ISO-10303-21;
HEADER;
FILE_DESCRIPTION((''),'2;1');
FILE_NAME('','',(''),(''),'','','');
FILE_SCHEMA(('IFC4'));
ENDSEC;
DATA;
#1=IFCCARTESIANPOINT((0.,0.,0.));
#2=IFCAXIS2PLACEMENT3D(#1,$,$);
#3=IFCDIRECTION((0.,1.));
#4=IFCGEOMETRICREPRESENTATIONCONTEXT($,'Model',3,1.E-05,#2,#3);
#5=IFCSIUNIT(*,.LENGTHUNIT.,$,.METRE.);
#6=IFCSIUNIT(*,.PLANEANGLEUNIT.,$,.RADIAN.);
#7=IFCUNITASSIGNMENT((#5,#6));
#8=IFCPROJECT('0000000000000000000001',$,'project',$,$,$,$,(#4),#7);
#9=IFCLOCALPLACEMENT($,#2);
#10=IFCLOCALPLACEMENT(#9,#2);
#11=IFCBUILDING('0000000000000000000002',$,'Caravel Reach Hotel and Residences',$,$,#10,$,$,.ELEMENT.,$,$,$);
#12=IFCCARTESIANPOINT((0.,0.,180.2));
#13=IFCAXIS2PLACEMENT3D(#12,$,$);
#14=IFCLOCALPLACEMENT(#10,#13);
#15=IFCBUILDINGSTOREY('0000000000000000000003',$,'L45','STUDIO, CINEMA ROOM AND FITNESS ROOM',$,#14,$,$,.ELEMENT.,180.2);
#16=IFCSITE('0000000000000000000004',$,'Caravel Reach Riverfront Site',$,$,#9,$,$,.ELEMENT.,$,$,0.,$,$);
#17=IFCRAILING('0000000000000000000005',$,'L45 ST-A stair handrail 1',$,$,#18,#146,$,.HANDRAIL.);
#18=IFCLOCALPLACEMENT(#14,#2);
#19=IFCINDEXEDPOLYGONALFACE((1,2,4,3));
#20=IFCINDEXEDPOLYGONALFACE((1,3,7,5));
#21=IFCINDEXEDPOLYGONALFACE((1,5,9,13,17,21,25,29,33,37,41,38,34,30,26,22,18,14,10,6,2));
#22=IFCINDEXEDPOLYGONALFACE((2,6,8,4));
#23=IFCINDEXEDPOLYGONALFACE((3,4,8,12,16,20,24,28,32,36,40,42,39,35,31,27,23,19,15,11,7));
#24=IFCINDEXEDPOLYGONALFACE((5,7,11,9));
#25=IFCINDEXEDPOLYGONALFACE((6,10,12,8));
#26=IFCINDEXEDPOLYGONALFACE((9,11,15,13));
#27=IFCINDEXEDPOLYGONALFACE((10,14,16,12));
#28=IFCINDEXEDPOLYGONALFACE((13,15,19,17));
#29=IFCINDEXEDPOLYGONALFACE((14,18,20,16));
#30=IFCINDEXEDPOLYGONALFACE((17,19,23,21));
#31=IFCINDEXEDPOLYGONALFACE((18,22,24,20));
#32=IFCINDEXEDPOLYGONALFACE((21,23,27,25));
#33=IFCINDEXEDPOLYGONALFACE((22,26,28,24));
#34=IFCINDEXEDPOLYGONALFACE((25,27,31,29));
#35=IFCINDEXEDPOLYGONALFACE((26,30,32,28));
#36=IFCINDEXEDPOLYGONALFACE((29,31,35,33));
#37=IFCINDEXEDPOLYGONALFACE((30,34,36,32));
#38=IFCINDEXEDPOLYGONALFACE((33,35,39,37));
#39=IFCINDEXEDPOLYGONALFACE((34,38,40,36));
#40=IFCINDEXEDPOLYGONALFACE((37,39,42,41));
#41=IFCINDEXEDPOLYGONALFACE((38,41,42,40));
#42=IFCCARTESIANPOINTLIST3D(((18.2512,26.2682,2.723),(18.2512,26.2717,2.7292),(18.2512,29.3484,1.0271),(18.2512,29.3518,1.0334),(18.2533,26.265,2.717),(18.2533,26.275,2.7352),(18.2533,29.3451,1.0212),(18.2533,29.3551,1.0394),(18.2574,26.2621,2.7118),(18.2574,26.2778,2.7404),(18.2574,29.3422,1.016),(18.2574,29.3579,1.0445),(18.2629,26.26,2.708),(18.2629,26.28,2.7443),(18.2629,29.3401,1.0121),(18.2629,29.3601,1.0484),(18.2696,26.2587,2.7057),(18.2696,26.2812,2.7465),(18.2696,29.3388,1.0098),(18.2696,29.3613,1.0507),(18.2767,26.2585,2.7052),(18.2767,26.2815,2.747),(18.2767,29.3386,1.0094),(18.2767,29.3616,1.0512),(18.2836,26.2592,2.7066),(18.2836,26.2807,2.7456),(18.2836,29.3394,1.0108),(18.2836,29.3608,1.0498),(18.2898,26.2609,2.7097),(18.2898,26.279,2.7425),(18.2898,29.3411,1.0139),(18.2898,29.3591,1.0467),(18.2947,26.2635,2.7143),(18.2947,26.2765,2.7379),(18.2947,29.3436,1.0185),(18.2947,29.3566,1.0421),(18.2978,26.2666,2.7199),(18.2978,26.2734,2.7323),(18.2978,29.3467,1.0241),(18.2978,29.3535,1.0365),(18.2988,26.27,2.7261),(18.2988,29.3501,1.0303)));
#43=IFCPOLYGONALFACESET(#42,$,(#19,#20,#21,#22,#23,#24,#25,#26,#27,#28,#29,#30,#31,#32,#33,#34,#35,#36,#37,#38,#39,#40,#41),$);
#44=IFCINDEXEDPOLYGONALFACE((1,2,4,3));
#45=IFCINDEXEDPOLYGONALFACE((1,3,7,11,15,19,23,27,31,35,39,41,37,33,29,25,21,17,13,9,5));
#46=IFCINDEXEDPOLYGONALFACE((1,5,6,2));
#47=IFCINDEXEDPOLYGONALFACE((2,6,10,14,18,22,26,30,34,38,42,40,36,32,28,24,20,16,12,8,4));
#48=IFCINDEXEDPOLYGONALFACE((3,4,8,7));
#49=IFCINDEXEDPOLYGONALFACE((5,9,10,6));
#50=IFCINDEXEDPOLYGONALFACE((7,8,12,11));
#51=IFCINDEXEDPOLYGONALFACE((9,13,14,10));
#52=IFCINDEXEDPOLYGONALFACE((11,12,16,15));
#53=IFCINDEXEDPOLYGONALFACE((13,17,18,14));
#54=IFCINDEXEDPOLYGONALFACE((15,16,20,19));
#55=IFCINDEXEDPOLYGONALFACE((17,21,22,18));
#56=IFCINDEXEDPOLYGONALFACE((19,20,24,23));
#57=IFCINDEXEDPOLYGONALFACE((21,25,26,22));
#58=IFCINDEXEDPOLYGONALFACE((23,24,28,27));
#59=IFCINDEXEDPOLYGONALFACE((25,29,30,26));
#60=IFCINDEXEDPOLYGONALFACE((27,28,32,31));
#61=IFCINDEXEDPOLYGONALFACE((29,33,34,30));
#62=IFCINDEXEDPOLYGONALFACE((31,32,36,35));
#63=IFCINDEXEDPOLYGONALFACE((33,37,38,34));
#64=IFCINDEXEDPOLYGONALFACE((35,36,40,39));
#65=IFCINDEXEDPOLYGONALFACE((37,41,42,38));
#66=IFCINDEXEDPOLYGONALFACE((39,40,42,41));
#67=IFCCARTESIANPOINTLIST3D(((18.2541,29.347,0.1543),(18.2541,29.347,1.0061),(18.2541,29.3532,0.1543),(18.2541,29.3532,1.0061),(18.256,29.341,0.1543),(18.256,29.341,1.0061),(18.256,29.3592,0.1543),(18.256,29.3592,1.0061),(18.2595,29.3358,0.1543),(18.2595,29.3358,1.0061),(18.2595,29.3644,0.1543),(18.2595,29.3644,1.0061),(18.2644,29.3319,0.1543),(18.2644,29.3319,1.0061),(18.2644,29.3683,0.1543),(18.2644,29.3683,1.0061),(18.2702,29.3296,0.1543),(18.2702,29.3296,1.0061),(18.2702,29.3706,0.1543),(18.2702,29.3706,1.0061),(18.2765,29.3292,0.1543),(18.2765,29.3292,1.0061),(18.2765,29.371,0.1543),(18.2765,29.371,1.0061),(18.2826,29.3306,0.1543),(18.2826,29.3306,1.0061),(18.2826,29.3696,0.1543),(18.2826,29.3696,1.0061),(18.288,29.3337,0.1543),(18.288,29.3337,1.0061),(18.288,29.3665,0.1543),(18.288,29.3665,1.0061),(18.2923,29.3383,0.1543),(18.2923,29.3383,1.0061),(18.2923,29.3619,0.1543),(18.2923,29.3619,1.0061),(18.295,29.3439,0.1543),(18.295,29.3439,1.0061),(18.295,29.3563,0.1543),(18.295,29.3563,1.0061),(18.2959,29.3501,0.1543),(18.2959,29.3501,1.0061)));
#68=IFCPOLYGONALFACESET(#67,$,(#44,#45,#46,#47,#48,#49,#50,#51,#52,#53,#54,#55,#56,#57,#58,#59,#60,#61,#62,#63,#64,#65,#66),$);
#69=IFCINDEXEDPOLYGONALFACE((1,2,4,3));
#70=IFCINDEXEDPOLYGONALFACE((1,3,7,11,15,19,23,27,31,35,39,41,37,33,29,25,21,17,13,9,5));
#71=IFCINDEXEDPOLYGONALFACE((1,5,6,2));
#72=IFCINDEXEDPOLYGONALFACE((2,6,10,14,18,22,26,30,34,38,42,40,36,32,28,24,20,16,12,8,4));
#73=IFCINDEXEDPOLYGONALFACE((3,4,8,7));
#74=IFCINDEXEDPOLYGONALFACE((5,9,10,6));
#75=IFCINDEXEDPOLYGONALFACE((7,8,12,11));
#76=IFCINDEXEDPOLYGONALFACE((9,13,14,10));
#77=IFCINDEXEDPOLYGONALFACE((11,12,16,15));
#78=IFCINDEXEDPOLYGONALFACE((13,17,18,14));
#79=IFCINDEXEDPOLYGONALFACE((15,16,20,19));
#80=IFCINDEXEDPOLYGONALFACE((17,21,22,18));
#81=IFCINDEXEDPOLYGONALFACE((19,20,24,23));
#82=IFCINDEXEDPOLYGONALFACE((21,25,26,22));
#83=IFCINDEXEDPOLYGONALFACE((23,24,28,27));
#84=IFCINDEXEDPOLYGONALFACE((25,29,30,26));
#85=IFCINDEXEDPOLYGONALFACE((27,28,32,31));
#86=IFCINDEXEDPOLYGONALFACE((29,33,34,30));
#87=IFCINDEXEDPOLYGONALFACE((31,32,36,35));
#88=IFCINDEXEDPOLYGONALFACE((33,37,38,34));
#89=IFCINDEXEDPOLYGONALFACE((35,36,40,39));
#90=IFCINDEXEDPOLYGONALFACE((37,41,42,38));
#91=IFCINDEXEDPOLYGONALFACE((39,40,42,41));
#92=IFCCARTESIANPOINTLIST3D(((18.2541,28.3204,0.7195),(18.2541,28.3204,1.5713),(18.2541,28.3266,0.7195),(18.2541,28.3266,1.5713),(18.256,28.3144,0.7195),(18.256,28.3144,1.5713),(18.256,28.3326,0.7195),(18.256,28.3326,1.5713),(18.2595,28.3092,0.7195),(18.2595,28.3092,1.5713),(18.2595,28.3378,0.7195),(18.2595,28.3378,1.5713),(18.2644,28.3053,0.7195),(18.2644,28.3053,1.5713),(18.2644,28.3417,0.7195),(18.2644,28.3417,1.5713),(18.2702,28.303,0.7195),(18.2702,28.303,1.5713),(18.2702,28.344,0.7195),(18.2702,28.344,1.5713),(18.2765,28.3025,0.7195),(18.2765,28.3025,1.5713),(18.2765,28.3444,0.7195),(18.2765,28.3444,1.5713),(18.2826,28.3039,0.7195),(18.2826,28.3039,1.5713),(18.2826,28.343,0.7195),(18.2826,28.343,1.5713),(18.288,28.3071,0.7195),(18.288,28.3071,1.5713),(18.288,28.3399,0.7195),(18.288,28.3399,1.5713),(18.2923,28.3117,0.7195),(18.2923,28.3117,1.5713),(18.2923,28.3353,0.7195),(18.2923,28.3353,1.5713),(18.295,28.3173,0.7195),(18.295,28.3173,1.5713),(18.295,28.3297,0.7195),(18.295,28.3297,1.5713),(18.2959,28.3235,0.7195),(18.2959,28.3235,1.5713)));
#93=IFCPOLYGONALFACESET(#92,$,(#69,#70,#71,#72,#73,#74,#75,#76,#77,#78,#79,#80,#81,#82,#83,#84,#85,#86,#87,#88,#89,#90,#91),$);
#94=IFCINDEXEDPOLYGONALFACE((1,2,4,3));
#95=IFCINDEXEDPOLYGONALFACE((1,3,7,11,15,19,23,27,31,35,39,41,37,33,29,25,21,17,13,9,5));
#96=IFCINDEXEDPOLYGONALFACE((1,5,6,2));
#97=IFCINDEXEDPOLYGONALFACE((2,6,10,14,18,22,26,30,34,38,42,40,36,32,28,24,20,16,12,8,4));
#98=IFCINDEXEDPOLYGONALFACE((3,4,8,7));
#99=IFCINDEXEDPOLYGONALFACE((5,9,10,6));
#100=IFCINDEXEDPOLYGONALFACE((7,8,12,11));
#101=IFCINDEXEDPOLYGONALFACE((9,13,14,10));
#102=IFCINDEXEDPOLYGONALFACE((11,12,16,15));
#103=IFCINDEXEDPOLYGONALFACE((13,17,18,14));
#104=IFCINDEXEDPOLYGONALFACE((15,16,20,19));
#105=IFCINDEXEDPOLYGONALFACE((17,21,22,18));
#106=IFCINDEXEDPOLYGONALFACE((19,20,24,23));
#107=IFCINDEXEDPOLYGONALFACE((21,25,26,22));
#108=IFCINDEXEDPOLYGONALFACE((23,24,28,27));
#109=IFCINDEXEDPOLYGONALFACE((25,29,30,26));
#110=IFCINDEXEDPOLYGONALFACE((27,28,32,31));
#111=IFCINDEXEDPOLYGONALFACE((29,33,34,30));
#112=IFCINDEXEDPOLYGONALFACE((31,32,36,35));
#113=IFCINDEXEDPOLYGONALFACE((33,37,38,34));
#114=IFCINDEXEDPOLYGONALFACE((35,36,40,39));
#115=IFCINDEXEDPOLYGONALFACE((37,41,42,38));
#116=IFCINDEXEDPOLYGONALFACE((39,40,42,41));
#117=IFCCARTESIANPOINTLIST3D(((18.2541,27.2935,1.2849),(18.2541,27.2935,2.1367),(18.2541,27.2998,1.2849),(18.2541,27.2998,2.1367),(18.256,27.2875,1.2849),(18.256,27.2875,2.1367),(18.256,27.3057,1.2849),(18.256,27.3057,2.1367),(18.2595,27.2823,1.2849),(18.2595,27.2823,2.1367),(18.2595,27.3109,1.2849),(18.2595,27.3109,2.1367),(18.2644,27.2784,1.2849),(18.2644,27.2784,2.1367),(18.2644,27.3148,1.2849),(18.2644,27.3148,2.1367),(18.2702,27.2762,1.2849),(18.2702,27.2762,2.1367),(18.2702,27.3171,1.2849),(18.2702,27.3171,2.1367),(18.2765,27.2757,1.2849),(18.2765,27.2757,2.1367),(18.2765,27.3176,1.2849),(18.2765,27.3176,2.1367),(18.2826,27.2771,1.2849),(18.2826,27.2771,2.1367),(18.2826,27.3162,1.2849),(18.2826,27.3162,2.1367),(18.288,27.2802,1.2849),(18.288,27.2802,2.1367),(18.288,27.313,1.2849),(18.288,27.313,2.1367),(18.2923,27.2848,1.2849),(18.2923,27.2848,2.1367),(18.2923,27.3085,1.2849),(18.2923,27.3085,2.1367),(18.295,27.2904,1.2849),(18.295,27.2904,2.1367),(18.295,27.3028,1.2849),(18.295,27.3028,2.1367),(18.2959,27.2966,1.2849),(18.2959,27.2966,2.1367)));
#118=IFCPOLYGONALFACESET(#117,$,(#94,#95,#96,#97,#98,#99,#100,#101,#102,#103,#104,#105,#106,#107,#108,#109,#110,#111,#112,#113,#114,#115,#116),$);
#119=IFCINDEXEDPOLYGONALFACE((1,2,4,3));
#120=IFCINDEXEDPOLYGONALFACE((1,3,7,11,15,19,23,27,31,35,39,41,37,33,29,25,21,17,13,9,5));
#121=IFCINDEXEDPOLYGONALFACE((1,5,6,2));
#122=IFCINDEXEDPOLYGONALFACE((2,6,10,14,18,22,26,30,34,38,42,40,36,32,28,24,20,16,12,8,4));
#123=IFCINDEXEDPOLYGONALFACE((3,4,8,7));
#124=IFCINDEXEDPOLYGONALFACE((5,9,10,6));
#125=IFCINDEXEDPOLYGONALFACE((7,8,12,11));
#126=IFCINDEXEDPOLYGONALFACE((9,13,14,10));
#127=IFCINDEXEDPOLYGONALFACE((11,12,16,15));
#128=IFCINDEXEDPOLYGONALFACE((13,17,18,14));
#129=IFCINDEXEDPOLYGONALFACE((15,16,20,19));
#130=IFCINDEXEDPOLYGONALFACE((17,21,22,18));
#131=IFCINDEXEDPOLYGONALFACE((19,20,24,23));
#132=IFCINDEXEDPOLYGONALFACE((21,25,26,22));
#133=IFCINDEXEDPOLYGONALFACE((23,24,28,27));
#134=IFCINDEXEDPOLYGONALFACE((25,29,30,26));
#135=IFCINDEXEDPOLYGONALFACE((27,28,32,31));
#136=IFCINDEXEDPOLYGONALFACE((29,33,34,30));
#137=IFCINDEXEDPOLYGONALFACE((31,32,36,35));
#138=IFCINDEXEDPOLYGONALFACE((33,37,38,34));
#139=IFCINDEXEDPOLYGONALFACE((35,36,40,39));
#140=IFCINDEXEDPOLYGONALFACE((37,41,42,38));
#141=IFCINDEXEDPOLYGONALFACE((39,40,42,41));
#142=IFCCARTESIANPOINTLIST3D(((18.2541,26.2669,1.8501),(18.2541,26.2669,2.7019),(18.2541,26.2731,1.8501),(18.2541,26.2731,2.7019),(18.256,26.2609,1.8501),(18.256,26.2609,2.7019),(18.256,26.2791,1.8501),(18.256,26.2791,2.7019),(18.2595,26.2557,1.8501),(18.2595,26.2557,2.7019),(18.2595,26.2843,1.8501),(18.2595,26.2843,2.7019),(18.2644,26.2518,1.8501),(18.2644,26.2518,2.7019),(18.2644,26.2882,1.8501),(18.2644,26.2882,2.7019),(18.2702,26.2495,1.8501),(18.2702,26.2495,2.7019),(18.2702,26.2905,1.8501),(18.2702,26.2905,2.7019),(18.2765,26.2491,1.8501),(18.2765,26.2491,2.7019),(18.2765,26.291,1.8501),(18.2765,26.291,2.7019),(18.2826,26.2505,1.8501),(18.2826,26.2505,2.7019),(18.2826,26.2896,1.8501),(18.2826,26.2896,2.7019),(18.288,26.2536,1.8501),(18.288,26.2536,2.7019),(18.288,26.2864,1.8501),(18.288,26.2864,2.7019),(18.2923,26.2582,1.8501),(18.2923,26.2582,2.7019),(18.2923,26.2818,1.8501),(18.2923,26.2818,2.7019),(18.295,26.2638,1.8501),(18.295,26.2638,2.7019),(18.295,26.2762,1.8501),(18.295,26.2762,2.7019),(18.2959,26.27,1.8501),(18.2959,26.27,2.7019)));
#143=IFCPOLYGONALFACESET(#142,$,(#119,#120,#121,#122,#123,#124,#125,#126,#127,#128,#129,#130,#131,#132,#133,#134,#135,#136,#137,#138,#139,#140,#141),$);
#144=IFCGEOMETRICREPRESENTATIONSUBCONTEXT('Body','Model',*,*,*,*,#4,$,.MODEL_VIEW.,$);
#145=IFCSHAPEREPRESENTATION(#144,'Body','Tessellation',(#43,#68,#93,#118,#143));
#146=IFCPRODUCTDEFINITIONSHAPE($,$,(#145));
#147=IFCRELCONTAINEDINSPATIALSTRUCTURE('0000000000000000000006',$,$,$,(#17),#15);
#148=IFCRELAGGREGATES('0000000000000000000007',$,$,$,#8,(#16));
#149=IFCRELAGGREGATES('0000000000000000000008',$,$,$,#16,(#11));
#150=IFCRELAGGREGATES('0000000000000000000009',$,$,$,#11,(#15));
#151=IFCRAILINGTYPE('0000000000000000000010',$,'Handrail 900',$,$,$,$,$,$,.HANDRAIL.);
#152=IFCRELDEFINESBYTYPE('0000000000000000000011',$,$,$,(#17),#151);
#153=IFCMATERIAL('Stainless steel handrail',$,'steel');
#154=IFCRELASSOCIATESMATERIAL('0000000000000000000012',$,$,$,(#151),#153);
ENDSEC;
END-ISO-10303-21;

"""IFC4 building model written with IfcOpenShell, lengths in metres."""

from ifc_helpers import new_model, si_unit, direction, frame, origin, origin_2d, place, context, subcontext, project, spatial, circle, extrude, material, type_object, element, save


model = new_model("IFC4")

# Units and contexts
model_context = context("Model", 3, precision=1e-05, world=origin(), true_north=direction((0.0, 1.0)))
body_context = subcontext(model_context, "Body", "Model", "MODEL_VIEW")
ifc_project = project(units=[si_unit("LENGTHUNIT", "METRE"), si_unit("PLANEANGLEUNIT", "RADIAN")], contexts=[model_context])

# Site, building, storey
site_placement = place(None, origin())
site = spatial("IfcSite", under=ifc_project, at=site_placement, Name="Caravel Reach Riverfront Site", CompositionType="ELEMENT", RefElevation=0.0)
building_placement = place(site_placement, origin())
building = spatial("IfcBuilding", under=site, at=building_placement, Name="Caravel Reach Hotel and Residences", CompositionType="ELEMENT")
storey_placement = place(building_placement, frame((0.0, 0.0, 180.2)))
storey = spatial("IfcBuildingStorey", under=building, at=storey_placement, Name="L45", Description="STUDIO, CINEMA ROOM AND FITNESS ROOM", CompositionType="ELEMENT", Elevation=180.2)

# Railing
ifc_material_1 = material(Name="Stainless steel handrail", Category="steel")
railing_type_1 = type_object("IfcRailingType", Name="Handrail 900", PredefinedType="HANDRAIL", material=ifc_material_1)
railing_1_placement = place(storey_placement, frame((18.2749, 29.3501, 0.1543)))
element("IfcRailing", 1, at=railing_1_placement, inside=storey, type_object=railing_type_1, Name="L45 ST-A stair handrail 1", PredefinedType="HANDRAIL", context=body_context, shape_type="SweptSolid", body=[
    extrude(circle(Radius=0.0239, at=origin_2d()), frame((0.0, 0.0, 0.876), z_axis=(0.0, -0.876005, 0.482303), x_axis=(1.0, 0.0, 0.0)), (0.0, 0.0, 1.0), 3.5161),
    extrude(circle(Radius=0.021, at=origin_2d()), origin(), (0.0, 0.0, 1.0), 0.8518),
    extrude(circle(Radius=0.021, at=origin_2d()), frame((0.0, -1.0266, 0.5652)), (0.0, 0.0, 1.0), 0.8518),
    extrude(circle(Radius=0.021, at=origin_2d()), frame((0.0, -2.0535, 1.1306)), (0.0, 0.0, 1.0), 0.8518),
    extrude(circle(Radius=0.021, at=origin_2d()), frame((0.0, -3.0801, 1.6958)), (0.0, 0.0, 1.0), 0.8518),
])

save(model, "model.ifc")
